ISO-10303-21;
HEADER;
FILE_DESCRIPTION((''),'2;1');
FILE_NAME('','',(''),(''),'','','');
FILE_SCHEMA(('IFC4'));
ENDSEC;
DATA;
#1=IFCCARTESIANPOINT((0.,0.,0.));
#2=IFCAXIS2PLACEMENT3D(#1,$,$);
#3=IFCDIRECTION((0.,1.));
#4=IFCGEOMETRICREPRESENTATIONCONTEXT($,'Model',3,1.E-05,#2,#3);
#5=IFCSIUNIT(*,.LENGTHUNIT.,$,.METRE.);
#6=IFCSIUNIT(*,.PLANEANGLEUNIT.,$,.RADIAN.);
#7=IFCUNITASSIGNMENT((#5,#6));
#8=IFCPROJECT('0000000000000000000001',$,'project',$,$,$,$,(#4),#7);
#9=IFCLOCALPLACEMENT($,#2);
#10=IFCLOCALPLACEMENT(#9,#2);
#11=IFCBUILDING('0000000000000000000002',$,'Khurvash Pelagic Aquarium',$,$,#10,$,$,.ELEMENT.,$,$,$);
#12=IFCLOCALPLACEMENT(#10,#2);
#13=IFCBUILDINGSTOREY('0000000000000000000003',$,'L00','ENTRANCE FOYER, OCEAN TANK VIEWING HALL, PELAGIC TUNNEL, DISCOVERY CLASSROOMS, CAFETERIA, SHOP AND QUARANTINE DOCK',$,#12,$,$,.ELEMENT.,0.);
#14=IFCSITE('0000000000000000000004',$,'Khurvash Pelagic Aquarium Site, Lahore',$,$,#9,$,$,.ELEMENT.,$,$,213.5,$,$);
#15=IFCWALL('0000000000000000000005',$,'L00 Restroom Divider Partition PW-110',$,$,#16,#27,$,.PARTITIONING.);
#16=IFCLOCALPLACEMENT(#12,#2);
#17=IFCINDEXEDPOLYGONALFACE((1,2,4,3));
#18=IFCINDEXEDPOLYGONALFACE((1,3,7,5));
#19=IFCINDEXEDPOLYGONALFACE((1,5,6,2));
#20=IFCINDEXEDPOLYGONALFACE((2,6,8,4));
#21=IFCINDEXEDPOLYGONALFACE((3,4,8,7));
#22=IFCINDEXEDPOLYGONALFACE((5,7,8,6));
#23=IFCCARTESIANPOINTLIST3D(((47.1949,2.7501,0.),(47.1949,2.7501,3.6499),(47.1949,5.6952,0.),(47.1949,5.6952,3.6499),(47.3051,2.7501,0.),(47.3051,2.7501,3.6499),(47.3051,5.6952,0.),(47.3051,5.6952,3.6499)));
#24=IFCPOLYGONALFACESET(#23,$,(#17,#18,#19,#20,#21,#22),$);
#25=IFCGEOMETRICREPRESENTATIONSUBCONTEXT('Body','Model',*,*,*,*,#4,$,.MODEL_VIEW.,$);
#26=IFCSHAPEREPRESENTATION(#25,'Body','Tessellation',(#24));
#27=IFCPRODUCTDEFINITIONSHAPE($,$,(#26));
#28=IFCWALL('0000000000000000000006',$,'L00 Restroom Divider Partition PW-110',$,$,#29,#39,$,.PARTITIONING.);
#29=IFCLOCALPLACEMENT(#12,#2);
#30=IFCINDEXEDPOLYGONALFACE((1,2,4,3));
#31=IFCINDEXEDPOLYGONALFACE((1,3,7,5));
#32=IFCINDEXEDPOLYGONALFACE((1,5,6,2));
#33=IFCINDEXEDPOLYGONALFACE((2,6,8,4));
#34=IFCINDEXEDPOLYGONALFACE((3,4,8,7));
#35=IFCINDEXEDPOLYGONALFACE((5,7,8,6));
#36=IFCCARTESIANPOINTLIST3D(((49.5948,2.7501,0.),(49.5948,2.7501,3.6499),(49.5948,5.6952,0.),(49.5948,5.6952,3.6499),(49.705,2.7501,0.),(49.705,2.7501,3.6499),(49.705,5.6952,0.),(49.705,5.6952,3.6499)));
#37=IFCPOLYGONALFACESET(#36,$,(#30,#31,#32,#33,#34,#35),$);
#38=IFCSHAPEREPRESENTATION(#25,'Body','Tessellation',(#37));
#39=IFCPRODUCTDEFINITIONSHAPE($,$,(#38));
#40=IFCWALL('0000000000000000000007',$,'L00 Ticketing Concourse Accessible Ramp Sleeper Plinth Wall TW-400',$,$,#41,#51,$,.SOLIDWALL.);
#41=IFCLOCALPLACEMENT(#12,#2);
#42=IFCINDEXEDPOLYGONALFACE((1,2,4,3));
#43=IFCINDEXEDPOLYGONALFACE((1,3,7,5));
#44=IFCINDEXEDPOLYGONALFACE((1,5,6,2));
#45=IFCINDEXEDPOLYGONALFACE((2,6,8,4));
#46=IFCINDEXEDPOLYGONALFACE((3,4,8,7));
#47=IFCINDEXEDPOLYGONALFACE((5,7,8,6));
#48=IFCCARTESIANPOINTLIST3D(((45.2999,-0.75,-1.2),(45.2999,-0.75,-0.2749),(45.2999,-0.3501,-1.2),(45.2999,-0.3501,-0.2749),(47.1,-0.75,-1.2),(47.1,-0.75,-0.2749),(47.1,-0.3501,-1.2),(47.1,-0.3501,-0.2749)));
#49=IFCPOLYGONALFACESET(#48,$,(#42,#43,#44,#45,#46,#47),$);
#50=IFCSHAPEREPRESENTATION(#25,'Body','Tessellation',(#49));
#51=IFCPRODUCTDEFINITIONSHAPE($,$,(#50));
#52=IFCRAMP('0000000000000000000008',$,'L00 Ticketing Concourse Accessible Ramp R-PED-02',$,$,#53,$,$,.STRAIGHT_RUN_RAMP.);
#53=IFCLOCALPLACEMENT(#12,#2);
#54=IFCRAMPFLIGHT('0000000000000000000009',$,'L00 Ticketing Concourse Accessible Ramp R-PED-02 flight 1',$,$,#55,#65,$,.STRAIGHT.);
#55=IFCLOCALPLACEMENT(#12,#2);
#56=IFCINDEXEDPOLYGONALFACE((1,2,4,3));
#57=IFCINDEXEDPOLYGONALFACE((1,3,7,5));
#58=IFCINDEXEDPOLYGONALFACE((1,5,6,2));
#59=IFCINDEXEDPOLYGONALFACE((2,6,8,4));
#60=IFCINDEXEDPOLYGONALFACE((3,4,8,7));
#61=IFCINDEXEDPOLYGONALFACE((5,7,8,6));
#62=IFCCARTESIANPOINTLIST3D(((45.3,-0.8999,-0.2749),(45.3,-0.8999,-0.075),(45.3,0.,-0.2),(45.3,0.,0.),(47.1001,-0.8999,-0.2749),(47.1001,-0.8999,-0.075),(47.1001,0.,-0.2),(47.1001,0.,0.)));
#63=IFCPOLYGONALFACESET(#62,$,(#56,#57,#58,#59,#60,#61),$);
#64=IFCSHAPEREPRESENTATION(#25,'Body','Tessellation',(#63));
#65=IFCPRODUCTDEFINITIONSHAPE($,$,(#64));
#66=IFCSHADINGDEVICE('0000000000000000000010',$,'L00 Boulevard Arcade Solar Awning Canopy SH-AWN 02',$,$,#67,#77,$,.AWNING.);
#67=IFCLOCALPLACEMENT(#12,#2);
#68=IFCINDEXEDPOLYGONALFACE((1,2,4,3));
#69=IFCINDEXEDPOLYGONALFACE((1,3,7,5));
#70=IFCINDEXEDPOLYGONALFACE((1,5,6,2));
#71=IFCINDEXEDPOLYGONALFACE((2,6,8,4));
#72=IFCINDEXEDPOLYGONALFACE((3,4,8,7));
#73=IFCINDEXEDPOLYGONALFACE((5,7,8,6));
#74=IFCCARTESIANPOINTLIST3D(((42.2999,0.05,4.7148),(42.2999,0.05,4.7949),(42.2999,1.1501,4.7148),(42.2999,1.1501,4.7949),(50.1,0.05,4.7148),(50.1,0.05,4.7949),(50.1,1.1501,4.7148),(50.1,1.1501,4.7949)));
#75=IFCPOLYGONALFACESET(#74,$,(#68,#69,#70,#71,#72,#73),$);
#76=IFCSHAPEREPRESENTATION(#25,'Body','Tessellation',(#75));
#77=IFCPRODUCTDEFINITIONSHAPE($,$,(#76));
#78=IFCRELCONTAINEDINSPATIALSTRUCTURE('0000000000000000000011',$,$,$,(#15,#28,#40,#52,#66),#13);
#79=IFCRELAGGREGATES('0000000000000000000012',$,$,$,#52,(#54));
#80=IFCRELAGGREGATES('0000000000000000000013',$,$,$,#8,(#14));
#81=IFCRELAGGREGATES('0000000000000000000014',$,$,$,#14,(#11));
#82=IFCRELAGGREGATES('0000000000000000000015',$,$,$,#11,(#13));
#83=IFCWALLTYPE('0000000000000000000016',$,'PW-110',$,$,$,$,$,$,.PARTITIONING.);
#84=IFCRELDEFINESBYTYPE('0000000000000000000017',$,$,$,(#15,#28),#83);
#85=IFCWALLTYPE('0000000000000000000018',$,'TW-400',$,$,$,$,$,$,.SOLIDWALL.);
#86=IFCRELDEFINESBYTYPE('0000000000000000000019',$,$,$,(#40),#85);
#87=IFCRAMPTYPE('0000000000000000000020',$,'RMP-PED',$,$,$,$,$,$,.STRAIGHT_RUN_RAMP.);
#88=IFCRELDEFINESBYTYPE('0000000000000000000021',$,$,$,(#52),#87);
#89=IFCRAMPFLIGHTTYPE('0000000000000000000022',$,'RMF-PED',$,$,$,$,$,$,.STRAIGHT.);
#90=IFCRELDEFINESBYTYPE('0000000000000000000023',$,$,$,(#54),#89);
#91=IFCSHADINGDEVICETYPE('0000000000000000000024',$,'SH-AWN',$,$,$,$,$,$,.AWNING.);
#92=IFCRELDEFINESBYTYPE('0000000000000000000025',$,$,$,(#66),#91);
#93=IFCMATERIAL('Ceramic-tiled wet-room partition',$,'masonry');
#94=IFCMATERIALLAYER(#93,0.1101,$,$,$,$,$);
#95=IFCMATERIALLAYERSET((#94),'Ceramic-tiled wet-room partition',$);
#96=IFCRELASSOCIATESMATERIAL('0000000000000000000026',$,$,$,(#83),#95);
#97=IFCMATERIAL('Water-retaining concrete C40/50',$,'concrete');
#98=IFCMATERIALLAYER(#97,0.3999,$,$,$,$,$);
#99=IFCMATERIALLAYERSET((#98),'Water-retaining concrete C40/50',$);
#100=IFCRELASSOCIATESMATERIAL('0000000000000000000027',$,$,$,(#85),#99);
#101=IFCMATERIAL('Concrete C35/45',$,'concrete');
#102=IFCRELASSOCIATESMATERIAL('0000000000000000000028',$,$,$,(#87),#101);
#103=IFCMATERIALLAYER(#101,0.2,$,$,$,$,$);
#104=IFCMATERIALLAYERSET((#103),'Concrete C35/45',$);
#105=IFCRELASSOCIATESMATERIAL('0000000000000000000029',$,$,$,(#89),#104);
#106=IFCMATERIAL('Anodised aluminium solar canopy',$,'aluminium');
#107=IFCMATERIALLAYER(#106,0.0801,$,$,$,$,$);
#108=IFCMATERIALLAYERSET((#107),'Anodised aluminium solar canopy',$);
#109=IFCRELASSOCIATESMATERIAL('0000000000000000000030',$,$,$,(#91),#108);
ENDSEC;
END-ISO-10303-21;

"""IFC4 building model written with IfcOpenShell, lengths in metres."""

from ifc_helpers import new_model, si_unit, direction, frame, frame_2d, origin, origin_2d, place, context, subcontext, project, spatial, polyline, rectangle, outline, extrude, material, layer, layer_set, type_object, element, aggregate, save


model = new_model("IFC4")

# Units and contexts
model_context = context("Model", 3, precision=1e-05, world=origin(), true_north=direction((0.0, 1.0)))
body_context = subcontext(model_context, "Body", "Model", "MODEL_VIEW")
ifc_project = project(units=[si_unit("LENGTHUNIT", "METRE"), si_unit("PLANEANGLEUNIT", "RADIAN")], contexts=[model_context])

# Site, building, storey
site_placement = place(None, origin())
site = spatial("IfcSite", under=ifc_project, at=site_placement, Name="Khurvash Pelagic Aquarium Site, Lahore", CompositionType="ELEMENT", RefElevation=213.5)
building_placement = place(site_placement, origin())
building = spatial("IfcBuilding", under=site, at=building_placement, Name="Khurvash Pelagic Aquarium", CompositionType="ELEMENT")
storey_placement = place(building_placement, origin())
storey = spatial("IfcBuildingStorey", under=building, at=storey_placement, Name="L00", Description="ENTRANCE FOYER, OCEAN TANK VIEWING HALL, PELAGIC TUNNEL, DISCOVERY CLASSROOMS, CAFETERIA, SHOP AND QUARANTINE DOCK", CompositionType="ELEMENT", Elevation=0.0)

# Shared definitions
ifc_material_1 = material(Name="Concrete C35/45", Category="concrete")

# Walls
ifc_material_2 = material(Name="Ceramic-tiled wet-room partition", Category="masonry")
ifc_layer_1 = layer(ifc_material_2, 0.1101)
ifc_layer_set_1 = layer_set([ifc_layer_1], Name="Ceramic-tiled wet-room partition")
wall_type_1 = type_object("IfcWallType", Name="PW-110", PredefinedType="PARTITIONING", material=ifc_layer_set_1)
for number, where, z_axis, x_axis, name in (
    (1, (47.25, 2.75, 0.0), (0.0, 0.0, 1.0), (0.0, 1.0, 0.0), "L00 Restroom Divider Partition PW-110"),
    (2, (49.6499, 2.75, 0.0), (0.0, 0.0, 1.0), (0.0, 1.0, 0.0), "L00 Restroom Divider Partition PW-110"),
):
    element("IfcWall", number, at=place(storey_placement, frame(where, z_axis=z_axis, x_axis=x_axis)), inside=storey, type_object=wall_type_1, Name=name, PredefinedType="PARTITIONING", context=body_context, shape_type="SweptSolid", body=[
        extrude(rectangle(XDim=2.9451, YDim=0.1101, at=frame_2d((1.4727, 0.0))), origin(), (0.0, 0.0, 1.0), 3.6499),
    ])
ifc_material_3 = material(Name="Water-retaining concrete C40/50", Category="concrete")
ifc_layer_2 = layer(ifc_material_3, 0.3999)
ifc_layer_set_2 = layer_set([ifc_layer_2], Name="Water-retaining concrete C40/50")
wall_type_2 = type_object("IfcWallType", Name="TW-400", PredefinedType="SOLIDWALL", material=ifc_layer_set_2)
wall_1_placement = place(storey_placement, frame((45.3, -0.55, -1.2), z_axis=(0.0, 0.0, 1.0), x_axis=(1.0, 0.0, 0.0)))
element("IfcWall", 3, at=wall_1_placement, inside=storey, type_object=wall_type_2, Name="L00 Ticketing Concourse Accessible Ramp Sleeper Plinth Wall TW-400", PredefinedType="SOLIDWALL", context=body_context, shape_type="SweptSolid", body=[
    extrude(rectangle(XDim=1.8, YDim=0.3999, at=frame_2d((0.8999, 0.0))), origin(), (0.0, 0.0, 1.0), 0.925),
])

# Ramp, ramp flight
ramp_type = type_object("IfcRampType", Name="RMP-PED", PredefinedType="STRAIGHT_RUN_RAMP", material=ifc_material_1)
ramp_placement = place(storey_placement, origin())
ramp = element("IfcRamp", 4, at=ramp_placement, inside=storey, type_object=ramp_type, Name="L00 Ticketing Concourse Accessible Ramp R-PED-02", PredefinedType="STRAIGHT_RUN_RAMP")
ifc_layer_3 = layer(ifc_material_1, 0.2)
ifc_layer_set_3 = layer_set([ifc_layer_3], Name="Concrete C35/45")
ramp_flight_type = type_object("IfcRampFlightType", Name="RMF-PED", PredefinedType="STRAIGHT", material=ifc_layer_set_3)
ramp_flight_placement = place(storey_placement, frame((46.2, -0.8999, -0.075), z_axis=(0.0, 0.0, 1.0), x_axis=(0.0, 1.0, 0.0)))
ramp_flight = element("IfcRampFlight", 5, at=ramp_flight_placement, type_object=ramp_flight_type, Name="L00 Ticketing Concourse Accessible Ramp R-PED-02 flight 1", PredefinedType="STRAIGHT", context=body_context, shape_type="SweptSolid", body=[
    extrude(outline(polyline([(0.0, 0.0), (0.8999, 0.075), (0.8999, -0.125), (0.0, -0.2), (0.0, 0.0)])), frame((0.0, 0.8999, 0.0), z_axis=(0.0, -1.0, 0.0), x_axis=(1.0, 0.0, 0.0)), (0.0, 0.0, 1.0), 1.8),
])
aggregate(ramp, [ramp_flight])

# Shading device
ifc_material_4 = material(Name="Anodised aluminium solar canopy", Category="aluminium")
ifc_layer_4 = layer(ifc_material_4, 0.0801)
ifc_layer_set_4 = layer_set([ifc_layer_4], Name="Anodised aluminium solar canopy")
shading_device_type = type_object("IfcShadingDeviceType", Name="SH-AWN", PredefinedType="AWNING", material=ifc_layer_set_4)
shading_device_placement = place(storey_placement, frame((46.2, 0.6001, 4.7148), z_axis=(0.0, 0.0, 1.0), x_axis=(1.0, 0.0, 0.0)))
element("IfcShadingDevice", 6, at=shading_device_placement, inside=storey, type_object=shading_device_type, Name="L00 Boulevard Arcade Solar Awning Canopy SH-AWN 02", PredefinedType="AWNING", context=body_context, shape_type="SweptSolid", body=[
    extrude(rectangle(XDim=7.8, YDim=1.1001, at=origin_2d()), origin(), (0.0, 0.0, 1.0), 0.0801),
])

save(model, "model.ifc")
